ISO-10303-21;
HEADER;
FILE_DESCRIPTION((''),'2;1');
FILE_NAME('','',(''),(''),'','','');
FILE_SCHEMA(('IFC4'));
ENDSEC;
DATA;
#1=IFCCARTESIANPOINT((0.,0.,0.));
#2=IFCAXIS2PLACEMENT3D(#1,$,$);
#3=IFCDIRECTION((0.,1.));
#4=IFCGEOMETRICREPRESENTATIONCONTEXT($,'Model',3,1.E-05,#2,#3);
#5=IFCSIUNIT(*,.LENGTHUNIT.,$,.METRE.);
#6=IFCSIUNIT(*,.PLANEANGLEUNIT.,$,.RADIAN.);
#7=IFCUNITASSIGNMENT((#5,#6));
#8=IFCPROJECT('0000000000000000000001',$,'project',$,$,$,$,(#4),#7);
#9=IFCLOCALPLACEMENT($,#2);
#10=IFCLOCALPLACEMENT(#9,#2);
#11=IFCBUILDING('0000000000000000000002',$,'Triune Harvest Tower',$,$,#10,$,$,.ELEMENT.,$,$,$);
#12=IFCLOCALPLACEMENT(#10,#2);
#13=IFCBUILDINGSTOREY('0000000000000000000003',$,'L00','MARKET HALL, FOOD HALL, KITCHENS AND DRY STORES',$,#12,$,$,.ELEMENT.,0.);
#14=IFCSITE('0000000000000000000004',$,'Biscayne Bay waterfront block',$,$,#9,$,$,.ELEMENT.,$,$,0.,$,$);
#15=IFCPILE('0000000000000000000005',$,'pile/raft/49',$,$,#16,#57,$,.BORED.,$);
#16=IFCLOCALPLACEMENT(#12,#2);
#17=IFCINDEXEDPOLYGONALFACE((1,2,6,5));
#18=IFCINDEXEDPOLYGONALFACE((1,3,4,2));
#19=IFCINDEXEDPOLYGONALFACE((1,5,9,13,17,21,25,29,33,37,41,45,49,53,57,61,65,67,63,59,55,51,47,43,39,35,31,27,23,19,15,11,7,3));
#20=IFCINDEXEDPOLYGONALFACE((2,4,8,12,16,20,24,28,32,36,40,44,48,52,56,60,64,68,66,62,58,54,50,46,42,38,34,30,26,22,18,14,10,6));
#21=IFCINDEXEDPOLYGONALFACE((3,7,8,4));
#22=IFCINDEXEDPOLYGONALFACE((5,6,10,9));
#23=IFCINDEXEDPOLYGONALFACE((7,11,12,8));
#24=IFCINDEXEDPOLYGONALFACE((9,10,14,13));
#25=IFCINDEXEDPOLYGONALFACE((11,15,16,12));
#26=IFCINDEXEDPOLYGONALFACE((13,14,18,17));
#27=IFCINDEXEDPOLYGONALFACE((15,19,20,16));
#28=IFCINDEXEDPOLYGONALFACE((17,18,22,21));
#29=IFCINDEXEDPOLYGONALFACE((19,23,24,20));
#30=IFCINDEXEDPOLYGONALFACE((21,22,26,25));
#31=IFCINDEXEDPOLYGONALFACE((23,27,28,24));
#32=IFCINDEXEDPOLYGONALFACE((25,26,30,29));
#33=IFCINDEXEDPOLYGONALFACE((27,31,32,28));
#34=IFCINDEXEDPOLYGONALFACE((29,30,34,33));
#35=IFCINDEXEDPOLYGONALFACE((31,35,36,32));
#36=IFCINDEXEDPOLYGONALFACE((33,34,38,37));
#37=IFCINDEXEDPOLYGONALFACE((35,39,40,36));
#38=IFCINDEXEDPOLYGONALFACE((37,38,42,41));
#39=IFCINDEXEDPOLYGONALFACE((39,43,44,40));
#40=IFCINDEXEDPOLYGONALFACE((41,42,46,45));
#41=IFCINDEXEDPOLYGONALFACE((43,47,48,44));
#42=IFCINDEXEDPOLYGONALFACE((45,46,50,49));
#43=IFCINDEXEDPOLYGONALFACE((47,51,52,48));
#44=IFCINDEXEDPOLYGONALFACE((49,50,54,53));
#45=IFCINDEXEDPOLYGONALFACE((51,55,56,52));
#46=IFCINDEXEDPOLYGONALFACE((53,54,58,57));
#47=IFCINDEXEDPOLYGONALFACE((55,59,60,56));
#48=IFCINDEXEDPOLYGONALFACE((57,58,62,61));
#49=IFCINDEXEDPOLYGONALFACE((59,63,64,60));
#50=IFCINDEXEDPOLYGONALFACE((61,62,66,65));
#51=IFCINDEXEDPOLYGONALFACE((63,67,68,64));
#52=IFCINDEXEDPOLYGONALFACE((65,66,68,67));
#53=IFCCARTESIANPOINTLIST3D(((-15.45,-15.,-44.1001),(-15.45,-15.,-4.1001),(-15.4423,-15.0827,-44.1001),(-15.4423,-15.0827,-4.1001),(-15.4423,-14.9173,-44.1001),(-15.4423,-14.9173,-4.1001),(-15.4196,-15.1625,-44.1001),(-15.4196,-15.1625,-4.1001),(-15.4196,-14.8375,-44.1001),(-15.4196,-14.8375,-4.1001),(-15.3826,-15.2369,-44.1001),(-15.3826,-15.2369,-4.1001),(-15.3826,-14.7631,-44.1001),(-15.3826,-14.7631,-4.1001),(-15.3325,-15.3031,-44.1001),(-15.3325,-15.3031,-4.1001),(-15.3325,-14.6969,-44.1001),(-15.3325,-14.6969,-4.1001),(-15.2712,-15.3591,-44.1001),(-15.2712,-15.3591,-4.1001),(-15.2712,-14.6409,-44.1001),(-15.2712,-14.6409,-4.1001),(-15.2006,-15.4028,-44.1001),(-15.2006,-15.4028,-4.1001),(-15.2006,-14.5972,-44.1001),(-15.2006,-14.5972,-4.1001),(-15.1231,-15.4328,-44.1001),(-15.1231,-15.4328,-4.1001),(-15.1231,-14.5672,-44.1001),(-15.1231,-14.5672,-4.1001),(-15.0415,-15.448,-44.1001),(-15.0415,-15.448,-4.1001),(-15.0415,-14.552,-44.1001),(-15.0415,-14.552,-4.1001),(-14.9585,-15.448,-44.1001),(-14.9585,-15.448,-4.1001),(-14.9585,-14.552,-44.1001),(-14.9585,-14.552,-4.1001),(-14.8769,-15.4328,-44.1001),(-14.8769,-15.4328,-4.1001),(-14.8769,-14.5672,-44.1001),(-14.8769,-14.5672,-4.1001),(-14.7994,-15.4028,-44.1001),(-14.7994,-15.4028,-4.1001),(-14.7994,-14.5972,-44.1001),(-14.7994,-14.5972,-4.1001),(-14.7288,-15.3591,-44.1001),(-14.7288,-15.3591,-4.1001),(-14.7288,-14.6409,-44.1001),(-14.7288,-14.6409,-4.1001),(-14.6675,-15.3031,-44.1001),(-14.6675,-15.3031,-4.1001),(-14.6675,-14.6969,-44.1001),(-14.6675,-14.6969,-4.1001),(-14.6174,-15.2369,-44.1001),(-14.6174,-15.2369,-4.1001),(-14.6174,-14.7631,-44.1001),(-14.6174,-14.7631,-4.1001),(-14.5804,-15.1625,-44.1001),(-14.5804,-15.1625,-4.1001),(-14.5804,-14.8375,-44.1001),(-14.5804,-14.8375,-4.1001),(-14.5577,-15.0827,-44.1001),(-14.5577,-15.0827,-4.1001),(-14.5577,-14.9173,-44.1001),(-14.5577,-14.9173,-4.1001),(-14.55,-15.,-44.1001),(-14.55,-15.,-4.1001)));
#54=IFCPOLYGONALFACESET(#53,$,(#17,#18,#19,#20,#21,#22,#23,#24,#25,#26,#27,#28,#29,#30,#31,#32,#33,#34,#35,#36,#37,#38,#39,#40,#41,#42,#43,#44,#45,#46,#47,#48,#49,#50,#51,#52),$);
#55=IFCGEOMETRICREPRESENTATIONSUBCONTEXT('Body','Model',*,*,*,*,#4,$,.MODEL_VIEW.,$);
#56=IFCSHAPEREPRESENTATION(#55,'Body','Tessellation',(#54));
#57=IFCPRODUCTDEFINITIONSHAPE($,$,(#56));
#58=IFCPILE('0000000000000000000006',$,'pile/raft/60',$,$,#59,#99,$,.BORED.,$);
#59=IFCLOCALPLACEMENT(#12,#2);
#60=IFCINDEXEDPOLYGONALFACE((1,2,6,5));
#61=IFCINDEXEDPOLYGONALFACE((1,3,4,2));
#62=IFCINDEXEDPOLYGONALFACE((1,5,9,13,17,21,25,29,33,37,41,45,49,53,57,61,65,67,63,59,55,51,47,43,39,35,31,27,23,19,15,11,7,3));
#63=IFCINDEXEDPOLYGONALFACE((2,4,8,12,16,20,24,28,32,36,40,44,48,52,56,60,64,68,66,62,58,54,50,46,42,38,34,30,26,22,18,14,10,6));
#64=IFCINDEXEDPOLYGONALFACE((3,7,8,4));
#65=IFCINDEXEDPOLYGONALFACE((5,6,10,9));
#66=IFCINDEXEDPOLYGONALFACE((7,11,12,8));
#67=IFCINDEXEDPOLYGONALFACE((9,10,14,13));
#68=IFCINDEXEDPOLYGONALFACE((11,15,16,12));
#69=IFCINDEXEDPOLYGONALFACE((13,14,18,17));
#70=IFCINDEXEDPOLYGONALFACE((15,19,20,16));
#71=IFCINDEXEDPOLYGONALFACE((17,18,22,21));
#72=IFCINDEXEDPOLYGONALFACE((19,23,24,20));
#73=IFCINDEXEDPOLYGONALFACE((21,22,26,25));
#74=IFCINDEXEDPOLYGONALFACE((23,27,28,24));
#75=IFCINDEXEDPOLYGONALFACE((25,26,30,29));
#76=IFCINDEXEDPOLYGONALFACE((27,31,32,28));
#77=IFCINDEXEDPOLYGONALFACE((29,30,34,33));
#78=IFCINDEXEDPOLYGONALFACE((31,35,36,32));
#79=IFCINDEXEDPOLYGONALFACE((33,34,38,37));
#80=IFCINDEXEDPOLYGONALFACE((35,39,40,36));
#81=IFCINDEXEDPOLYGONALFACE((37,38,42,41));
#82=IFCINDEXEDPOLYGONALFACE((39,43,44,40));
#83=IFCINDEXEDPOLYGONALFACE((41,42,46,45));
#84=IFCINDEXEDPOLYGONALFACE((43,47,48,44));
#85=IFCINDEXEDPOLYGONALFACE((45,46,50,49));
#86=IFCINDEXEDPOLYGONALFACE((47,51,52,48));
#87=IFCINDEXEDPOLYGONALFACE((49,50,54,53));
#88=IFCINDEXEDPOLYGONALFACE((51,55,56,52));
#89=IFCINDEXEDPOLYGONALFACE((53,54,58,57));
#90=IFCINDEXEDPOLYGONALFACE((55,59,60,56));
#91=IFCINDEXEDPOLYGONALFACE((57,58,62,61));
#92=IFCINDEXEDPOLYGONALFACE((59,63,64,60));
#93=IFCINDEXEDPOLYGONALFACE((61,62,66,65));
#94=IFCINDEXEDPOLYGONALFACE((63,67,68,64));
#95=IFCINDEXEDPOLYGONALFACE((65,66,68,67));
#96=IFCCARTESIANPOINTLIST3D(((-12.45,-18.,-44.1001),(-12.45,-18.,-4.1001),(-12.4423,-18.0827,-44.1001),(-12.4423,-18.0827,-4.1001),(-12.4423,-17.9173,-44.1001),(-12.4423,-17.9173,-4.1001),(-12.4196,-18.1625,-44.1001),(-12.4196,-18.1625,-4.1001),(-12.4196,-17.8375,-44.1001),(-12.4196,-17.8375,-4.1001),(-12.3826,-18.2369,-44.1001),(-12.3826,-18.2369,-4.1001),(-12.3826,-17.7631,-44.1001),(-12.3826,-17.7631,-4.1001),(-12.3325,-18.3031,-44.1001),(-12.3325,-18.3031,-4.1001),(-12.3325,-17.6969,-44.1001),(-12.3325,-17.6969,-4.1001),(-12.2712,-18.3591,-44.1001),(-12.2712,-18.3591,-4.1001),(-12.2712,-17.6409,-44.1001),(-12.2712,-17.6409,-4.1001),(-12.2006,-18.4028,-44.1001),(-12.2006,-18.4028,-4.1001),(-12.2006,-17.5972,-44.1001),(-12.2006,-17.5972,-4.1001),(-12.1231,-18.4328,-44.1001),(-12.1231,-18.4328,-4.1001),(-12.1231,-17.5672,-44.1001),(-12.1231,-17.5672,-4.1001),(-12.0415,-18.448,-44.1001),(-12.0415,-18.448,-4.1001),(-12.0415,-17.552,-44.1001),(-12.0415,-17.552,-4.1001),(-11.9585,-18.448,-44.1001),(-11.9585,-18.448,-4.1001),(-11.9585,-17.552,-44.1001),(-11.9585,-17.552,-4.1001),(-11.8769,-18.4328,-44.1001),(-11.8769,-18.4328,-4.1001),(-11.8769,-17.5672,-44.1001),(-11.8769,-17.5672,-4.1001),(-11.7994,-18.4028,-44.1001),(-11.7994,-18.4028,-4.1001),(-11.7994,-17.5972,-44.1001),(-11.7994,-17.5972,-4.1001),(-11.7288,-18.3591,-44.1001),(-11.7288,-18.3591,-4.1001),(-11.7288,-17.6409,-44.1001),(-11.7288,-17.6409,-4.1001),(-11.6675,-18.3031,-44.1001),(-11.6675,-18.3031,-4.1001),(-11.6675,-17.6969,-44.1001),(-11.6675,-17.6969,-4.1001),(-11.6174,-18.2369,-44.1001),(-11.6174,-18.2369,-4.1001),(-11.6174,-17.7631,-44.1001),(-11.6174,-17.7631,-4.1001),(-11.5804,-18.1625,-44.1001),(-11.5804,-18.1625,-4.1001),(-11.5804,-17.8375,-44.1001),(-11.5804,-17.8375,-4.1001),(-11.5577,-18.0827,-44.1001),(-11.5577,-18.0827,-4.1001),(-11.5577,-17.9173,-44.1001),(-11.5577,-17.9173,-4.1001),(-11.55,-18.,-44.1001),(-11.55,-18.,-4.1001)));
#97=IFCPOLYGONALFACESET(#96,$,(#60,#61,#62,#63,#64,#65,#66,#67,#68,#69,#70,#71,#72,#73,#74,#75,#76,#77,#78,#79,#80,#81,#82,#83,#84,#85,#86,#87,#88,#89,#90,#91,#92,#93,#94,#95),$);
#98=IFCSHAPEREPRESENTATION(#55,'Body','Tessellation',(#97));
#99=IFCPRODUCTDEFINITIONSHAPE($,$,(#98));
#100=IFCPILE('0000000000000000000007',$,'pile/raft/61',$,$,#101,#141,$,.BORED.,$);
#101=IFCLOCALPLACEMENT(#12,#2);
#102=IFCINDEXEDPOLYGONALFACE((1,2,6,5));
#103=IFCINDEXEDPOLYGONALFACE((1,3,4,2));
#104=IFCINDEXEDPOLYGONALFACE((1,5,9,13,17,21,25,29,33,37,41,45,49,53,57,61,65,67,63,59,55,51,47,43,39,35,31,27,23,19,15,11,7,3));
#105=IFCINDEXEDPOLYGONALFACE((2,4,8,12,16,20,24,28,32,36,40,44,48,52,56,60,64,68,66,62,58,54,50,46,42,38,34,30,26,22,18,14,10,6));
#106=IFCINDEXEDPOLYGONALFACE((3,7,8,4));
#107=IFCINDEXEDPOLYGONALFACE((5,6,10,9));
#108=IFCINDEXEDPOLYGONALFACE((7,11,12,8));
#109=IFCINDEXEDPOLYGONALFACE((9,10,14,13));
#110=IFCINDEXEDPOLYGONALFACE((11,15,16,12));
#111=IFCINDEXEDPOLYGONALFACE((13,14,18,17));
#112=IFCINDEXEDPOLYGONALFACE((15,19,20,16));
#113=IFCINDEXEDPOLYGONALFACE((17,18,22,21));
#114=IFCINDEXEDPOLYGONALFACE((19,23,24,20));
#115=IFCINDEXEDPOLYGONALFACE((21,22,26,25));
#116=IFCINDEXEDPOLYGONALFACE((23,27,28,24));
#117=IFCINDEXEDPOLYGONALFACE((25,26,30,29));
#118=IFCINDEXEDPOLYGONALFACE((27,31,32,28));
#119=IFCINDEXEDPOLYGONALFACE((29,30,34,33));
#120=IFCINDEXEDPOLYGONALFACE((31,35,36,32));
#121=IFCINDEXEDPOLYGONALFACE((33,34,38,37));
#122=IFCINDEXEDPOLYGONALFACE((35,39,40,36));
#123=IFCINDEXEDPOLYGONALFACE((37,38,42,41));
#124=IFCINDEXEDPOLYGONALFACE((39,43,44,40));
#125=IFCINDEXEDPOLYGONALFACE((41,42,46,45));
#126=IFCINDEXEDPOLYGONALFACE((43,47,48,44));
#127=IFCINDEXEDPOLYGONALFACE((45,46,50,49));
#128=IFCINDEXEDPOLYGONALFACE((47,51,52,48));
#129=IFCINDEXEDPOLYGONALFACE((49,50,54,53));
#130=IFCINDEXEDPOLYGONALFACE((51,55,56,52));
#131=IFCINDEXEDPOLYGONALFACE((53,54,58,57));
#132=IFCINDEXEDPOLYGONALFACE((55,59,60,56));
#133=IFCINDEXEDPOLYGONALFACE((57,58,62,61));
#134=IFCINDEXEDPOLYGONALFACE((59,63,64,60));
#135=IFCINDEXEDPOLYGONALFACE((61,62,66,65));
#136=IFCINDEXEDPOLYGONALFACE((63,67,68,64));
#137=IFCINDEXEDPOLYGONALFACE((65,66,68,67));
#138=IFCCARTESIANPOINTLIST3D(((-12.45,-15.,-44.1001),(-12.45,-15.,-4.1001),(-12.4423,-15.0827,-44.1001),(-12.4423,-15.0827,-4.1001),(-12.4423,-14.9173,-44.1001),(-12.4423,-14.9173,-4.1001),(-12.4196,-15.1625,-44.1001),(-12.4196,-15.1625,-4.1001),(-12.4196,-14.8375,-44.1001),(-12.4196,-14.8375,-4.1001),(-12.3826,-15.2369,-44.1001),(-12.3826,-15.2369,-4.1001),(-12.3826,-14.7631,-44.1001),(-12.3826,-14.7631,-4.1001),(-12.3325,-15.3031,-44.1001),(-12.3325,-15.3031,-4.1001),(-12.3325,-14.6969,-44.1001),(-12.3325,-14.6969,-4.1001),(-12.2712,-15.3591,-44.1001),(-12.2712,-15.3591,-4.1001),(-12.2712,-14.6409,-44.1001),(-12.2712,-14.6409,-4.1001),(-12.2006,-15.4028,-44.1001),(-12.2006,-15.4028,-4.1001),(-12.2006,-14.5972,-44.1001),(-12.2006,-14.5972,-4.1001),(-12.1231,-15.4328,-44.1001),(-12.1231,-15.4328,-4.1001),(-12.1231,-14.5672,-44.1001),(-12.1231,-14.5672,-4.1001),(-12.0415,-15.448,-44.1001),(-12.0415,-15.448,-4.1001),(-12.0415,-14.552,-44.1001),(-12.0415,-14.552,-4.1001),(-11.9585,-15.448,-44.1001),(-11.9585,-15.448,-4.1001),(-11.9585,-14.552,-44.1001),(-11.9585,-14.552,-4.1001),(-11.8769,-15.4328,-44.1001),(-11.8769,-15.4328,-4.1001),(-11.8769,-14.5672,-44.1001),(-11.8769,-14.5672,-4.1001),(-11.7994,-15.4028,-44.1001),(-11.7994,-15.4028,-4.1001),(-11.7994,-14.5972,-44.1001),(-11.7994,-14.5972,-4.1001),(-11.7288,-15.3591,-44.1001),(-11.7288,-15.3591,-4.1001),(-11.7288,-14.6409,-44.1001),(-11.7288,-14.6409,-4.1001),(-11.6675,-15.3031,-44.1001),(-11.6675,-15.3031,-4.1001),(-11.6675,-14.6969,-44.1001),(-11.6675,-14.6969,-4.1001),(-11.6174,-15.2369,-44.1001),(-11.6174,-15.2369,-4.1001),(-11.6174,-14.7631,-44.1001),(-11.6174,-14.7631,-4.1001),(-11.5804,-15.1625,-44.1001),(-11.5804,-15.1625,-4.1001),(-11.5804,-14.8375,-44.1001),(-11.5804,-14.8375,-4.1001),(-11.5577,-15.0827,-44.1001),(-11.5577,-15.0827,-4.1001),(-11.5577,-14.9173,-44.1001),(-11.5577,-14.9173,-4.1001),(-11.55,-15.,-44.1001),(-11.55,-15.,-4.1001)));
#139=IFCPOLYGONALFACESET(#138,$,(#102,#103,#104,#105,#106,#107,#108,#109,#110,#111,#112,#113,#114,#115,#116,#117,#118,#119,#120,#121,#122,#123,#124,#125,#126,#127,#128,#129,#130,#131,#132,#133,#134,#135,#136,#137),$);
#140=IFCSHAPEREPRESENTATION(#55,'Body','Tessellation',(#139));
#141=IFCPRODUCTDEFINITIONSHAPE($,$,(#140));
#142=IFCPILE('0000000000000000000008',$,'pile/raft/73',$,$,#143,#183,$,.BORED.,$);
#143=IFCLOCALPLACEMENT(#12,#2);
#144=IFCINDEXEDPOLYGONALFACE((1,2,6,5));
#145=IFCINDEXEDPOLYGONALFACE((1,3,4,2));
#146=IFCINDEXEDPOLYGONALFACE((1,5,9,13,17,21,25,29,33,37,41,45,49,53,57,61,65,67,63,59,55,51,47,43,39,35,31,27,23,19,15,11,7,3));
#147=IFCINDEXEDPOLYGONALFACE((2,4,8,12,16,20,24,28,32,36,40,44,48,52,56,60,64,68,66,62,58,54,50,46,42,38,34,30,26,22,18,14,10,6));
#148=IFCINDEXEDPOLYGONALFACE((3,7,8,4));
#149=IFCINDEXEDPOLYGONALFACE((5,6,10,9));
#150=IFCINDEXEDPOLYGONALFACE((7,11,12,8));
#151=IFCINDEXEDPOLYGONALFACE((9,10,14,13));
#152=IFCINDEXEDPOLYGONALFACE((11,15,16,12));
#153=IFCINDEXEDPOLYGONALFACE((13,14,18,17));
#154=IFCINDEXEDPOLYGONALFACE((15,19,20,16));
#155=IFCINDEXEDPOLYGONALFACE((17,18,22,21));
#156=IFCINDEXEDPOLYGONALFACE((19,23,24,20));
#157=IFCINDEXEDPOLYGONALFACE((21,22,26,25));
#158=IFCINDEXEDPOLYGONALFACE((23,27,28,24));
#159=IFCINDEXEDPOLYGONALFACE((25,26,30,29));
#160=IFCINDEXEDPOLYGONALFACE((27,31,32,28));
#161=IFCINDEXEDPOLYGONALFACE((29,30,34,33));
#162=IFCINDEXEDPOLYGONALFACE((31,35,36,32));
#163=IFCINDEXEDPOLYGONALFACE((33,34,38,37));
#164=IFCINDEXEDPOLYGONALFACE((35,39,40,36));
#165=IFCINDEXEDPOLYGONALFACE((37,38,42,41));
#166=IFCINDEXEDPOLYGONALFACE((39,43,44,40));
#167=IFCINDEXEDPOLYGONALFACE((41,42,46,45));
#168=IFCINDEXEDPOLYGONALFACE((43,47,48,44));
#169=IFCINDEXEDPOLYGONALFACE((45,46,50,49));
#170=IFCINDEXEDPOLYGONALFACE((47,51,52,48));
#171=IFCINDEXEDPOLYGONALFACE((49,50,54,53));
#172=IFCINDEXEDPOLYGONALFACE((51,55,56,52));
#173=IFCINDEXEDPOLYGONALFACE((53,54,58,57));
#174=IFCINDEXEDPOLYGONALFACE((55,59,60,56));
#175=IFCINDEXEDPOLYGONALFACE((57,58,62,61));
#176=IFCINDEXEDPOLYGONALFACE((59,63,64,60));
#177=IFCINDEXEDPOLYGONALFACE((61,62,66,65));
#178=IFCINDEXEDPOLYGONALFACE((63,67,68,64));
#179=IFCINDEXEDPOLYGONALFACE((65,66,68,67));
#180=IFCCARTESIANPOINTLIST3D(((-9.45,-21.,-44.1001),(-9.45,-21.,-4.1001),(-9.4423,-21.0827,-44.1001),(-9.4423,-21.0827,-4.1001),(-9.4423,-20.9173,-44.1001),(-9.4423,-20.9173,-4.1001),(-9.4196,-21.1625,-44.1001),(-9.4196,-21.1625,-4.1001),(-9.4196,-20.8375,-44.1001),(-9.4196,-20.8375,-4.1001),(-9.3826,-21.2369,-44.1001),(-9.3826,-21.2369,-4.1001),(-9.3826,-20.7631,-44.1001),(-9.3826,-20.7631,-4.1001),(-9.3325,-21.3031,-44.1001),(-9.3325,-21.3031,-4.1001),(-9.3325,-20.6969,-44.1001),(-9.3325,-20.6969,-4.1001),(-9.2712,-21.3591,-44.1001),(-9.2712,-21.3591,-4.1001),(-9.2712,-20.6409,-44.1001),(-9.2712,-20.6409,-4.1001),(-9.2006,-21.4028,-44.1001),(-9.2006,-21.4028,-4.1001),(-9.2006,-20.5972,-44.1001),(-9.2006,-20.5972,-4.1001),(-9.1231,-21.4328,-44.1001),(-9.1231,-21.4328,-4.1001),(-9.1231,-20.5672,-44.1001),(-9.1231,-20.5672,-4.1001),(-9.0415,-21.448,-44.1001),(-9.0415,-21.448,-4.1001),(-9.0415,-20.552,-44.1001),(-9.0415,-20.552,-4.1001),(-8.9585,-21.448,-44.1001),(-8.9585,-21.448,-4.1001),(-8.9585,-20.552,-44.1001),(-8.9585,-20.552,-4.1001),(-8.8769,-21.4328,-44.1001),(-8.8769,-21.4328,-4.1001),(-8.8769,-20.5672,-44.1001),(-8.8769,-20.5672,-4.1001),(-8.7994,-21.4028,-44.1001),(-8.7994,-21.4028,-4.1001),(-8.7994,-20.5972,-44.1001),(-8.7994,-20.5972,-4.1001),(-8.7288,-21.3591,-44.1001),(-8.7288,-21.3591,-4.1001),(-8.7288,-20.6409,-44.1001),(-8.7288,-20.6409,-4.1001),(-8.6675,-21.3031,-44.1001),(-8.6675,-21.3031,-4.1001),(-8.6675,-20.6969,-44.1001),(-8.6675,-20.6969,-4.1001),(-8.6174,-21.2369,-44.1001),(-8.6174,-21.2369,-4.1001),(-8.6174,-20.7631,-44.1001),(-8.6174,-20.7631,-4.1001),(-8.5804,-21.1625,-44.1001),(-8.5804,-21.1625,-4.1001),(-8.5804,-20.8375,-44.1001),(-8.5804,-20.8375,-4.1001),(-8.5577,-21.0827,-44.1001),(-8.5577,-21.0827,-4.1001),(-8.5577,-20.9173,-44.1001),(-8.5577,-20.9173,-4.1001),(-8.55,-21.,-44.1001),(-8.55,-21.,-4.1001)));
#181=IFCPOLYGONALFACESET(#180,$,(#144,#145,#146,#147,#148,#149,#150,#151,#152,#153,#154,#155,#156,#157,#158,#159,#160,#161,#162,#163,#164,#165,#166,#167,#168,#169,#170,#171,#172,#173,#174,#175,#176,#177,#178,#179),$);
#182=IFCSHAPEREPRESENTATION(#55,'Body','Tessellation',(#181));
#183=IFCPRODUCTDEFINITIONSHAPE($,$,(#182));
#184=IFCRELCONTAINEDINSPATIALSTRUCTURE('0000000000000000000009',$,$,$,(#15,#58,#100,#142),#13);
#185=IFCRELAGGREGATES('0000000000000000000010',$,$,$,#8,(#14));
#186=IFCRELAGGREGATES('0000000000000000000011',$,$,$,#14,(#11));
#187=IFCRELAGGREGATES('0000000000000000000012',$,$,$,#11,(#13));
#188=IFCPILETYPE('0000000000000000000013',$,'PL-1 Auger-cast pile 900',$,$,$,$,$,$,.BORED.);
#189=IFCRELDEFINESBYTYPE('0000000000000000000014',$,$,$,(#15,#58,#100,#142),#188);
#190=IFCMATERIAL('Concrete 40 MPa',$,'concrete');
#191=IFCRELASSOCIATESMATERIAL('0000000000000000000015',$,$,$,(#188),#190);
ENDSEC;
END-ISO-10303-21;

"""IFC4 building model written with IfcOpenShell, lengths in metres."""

from ifc_helpers import new_model, si_unit, direction, frame, origin, origin_2d, place, context, subcontext, project, spatial, circle, extrude, source, transform, mapped, material, material_profile, profile_set, type_object, element, save


model = new_model("IFC4")

# Units and contexts
model_context = context("Model", 3, precision=1e-05, world=origin(), true_north=direction((0.0, 1.0)))
body_context = subcontext(model_context, "Body", "Model", "MODEL_VIEW")
ifc_project = project(units=[si_unit("LENGTHUNIT", "METRE"), si_unit("PLANEANGLEUNIT", "RADIAN")], contexts=[model_context])

# Site, building, storey
site_placement = place(None, origin())
site = spatial("IfcSite", under=ifc_project, at=site_placement, Name="Biscayne Bay waterfront block", CompositionType="ELEMENT", RefElevation=0.0)
building_placement = place(site_placement, origin())
building = spatial("IfcBuilding", under=site, at=building_placement, Name="Triune Harvest Tower", CompositionType="ELEMENT")
storey_placement = place(building_placement, origin())
storey = spatial("IfcBuildingStorey", under=building, at=storey_placement, Name="L00", Description="MARKET HALL, FOOD HALL, KITCHENS AND DRY STORES", CompositionType="ELEMENT", Elevation=0.0)

# Piles
ifc_material_1 = material(Name="Concrete 40 MPa", Category="concrete")
ifc_material_profile_1 = material_profile(ifc_material_1, circle(Radius=0.45, at=origin_2d()), Name="Bored 900")
ifc_profile_set_1 = profile_set([ifc_material_profile_1], Name="Concrete 40 MPa")
pile_type = type_object("IfcPileType", Name="PL-1 Auger-cast pile 900", PredefinedType="BORED", material=ifc_profile_set_1)
shared_shape_1 = source(origin(), body_context, "Body", "SweptSolid", [
    extrude(circle(Radius=0.45, at=origin_2d()), origin(), (0.0, 0.0, 1.0), 40.0),
])
for number, where, z_axis, x_axis, name in (
    (1, (-15.0, -15.0, -4.1001), (0.0, 0.0, -1.0), (1.0, 0.0, 0.0), "pile/raft/49"),
    (2, (-12.0, -18.0, -4.1001), (0.0, 0.0, -1.0), (1.0, 0.0, 0.0), "pile/raft/60"),
    (3, (-12.0, -15.0, -4.1001), (0.0, 0.0, -1.0), (1.0, 0.0, 0.0), "pile/raft/61"),
    (4, (-9.0, -21.0, -4.1001), (0.0, 0.0, -1.0), (1.0, 0.0, 0.0), "pile/raft/73"),
):
    element("IfcPile", number, at=place(storey_placement, frame(where, z_axis=z_axis, x_axis=x_axis)), inside=storey, type_object=pile_type, Name=name, PredefinedType="BORED", context=body_context, shape_type="MappedRepresentation", body=[
        mapped(shared_shape_1, transform((0.0, 0.0, 0.0), scale=1.0)),
    ])

save(model, "model.ifc")
